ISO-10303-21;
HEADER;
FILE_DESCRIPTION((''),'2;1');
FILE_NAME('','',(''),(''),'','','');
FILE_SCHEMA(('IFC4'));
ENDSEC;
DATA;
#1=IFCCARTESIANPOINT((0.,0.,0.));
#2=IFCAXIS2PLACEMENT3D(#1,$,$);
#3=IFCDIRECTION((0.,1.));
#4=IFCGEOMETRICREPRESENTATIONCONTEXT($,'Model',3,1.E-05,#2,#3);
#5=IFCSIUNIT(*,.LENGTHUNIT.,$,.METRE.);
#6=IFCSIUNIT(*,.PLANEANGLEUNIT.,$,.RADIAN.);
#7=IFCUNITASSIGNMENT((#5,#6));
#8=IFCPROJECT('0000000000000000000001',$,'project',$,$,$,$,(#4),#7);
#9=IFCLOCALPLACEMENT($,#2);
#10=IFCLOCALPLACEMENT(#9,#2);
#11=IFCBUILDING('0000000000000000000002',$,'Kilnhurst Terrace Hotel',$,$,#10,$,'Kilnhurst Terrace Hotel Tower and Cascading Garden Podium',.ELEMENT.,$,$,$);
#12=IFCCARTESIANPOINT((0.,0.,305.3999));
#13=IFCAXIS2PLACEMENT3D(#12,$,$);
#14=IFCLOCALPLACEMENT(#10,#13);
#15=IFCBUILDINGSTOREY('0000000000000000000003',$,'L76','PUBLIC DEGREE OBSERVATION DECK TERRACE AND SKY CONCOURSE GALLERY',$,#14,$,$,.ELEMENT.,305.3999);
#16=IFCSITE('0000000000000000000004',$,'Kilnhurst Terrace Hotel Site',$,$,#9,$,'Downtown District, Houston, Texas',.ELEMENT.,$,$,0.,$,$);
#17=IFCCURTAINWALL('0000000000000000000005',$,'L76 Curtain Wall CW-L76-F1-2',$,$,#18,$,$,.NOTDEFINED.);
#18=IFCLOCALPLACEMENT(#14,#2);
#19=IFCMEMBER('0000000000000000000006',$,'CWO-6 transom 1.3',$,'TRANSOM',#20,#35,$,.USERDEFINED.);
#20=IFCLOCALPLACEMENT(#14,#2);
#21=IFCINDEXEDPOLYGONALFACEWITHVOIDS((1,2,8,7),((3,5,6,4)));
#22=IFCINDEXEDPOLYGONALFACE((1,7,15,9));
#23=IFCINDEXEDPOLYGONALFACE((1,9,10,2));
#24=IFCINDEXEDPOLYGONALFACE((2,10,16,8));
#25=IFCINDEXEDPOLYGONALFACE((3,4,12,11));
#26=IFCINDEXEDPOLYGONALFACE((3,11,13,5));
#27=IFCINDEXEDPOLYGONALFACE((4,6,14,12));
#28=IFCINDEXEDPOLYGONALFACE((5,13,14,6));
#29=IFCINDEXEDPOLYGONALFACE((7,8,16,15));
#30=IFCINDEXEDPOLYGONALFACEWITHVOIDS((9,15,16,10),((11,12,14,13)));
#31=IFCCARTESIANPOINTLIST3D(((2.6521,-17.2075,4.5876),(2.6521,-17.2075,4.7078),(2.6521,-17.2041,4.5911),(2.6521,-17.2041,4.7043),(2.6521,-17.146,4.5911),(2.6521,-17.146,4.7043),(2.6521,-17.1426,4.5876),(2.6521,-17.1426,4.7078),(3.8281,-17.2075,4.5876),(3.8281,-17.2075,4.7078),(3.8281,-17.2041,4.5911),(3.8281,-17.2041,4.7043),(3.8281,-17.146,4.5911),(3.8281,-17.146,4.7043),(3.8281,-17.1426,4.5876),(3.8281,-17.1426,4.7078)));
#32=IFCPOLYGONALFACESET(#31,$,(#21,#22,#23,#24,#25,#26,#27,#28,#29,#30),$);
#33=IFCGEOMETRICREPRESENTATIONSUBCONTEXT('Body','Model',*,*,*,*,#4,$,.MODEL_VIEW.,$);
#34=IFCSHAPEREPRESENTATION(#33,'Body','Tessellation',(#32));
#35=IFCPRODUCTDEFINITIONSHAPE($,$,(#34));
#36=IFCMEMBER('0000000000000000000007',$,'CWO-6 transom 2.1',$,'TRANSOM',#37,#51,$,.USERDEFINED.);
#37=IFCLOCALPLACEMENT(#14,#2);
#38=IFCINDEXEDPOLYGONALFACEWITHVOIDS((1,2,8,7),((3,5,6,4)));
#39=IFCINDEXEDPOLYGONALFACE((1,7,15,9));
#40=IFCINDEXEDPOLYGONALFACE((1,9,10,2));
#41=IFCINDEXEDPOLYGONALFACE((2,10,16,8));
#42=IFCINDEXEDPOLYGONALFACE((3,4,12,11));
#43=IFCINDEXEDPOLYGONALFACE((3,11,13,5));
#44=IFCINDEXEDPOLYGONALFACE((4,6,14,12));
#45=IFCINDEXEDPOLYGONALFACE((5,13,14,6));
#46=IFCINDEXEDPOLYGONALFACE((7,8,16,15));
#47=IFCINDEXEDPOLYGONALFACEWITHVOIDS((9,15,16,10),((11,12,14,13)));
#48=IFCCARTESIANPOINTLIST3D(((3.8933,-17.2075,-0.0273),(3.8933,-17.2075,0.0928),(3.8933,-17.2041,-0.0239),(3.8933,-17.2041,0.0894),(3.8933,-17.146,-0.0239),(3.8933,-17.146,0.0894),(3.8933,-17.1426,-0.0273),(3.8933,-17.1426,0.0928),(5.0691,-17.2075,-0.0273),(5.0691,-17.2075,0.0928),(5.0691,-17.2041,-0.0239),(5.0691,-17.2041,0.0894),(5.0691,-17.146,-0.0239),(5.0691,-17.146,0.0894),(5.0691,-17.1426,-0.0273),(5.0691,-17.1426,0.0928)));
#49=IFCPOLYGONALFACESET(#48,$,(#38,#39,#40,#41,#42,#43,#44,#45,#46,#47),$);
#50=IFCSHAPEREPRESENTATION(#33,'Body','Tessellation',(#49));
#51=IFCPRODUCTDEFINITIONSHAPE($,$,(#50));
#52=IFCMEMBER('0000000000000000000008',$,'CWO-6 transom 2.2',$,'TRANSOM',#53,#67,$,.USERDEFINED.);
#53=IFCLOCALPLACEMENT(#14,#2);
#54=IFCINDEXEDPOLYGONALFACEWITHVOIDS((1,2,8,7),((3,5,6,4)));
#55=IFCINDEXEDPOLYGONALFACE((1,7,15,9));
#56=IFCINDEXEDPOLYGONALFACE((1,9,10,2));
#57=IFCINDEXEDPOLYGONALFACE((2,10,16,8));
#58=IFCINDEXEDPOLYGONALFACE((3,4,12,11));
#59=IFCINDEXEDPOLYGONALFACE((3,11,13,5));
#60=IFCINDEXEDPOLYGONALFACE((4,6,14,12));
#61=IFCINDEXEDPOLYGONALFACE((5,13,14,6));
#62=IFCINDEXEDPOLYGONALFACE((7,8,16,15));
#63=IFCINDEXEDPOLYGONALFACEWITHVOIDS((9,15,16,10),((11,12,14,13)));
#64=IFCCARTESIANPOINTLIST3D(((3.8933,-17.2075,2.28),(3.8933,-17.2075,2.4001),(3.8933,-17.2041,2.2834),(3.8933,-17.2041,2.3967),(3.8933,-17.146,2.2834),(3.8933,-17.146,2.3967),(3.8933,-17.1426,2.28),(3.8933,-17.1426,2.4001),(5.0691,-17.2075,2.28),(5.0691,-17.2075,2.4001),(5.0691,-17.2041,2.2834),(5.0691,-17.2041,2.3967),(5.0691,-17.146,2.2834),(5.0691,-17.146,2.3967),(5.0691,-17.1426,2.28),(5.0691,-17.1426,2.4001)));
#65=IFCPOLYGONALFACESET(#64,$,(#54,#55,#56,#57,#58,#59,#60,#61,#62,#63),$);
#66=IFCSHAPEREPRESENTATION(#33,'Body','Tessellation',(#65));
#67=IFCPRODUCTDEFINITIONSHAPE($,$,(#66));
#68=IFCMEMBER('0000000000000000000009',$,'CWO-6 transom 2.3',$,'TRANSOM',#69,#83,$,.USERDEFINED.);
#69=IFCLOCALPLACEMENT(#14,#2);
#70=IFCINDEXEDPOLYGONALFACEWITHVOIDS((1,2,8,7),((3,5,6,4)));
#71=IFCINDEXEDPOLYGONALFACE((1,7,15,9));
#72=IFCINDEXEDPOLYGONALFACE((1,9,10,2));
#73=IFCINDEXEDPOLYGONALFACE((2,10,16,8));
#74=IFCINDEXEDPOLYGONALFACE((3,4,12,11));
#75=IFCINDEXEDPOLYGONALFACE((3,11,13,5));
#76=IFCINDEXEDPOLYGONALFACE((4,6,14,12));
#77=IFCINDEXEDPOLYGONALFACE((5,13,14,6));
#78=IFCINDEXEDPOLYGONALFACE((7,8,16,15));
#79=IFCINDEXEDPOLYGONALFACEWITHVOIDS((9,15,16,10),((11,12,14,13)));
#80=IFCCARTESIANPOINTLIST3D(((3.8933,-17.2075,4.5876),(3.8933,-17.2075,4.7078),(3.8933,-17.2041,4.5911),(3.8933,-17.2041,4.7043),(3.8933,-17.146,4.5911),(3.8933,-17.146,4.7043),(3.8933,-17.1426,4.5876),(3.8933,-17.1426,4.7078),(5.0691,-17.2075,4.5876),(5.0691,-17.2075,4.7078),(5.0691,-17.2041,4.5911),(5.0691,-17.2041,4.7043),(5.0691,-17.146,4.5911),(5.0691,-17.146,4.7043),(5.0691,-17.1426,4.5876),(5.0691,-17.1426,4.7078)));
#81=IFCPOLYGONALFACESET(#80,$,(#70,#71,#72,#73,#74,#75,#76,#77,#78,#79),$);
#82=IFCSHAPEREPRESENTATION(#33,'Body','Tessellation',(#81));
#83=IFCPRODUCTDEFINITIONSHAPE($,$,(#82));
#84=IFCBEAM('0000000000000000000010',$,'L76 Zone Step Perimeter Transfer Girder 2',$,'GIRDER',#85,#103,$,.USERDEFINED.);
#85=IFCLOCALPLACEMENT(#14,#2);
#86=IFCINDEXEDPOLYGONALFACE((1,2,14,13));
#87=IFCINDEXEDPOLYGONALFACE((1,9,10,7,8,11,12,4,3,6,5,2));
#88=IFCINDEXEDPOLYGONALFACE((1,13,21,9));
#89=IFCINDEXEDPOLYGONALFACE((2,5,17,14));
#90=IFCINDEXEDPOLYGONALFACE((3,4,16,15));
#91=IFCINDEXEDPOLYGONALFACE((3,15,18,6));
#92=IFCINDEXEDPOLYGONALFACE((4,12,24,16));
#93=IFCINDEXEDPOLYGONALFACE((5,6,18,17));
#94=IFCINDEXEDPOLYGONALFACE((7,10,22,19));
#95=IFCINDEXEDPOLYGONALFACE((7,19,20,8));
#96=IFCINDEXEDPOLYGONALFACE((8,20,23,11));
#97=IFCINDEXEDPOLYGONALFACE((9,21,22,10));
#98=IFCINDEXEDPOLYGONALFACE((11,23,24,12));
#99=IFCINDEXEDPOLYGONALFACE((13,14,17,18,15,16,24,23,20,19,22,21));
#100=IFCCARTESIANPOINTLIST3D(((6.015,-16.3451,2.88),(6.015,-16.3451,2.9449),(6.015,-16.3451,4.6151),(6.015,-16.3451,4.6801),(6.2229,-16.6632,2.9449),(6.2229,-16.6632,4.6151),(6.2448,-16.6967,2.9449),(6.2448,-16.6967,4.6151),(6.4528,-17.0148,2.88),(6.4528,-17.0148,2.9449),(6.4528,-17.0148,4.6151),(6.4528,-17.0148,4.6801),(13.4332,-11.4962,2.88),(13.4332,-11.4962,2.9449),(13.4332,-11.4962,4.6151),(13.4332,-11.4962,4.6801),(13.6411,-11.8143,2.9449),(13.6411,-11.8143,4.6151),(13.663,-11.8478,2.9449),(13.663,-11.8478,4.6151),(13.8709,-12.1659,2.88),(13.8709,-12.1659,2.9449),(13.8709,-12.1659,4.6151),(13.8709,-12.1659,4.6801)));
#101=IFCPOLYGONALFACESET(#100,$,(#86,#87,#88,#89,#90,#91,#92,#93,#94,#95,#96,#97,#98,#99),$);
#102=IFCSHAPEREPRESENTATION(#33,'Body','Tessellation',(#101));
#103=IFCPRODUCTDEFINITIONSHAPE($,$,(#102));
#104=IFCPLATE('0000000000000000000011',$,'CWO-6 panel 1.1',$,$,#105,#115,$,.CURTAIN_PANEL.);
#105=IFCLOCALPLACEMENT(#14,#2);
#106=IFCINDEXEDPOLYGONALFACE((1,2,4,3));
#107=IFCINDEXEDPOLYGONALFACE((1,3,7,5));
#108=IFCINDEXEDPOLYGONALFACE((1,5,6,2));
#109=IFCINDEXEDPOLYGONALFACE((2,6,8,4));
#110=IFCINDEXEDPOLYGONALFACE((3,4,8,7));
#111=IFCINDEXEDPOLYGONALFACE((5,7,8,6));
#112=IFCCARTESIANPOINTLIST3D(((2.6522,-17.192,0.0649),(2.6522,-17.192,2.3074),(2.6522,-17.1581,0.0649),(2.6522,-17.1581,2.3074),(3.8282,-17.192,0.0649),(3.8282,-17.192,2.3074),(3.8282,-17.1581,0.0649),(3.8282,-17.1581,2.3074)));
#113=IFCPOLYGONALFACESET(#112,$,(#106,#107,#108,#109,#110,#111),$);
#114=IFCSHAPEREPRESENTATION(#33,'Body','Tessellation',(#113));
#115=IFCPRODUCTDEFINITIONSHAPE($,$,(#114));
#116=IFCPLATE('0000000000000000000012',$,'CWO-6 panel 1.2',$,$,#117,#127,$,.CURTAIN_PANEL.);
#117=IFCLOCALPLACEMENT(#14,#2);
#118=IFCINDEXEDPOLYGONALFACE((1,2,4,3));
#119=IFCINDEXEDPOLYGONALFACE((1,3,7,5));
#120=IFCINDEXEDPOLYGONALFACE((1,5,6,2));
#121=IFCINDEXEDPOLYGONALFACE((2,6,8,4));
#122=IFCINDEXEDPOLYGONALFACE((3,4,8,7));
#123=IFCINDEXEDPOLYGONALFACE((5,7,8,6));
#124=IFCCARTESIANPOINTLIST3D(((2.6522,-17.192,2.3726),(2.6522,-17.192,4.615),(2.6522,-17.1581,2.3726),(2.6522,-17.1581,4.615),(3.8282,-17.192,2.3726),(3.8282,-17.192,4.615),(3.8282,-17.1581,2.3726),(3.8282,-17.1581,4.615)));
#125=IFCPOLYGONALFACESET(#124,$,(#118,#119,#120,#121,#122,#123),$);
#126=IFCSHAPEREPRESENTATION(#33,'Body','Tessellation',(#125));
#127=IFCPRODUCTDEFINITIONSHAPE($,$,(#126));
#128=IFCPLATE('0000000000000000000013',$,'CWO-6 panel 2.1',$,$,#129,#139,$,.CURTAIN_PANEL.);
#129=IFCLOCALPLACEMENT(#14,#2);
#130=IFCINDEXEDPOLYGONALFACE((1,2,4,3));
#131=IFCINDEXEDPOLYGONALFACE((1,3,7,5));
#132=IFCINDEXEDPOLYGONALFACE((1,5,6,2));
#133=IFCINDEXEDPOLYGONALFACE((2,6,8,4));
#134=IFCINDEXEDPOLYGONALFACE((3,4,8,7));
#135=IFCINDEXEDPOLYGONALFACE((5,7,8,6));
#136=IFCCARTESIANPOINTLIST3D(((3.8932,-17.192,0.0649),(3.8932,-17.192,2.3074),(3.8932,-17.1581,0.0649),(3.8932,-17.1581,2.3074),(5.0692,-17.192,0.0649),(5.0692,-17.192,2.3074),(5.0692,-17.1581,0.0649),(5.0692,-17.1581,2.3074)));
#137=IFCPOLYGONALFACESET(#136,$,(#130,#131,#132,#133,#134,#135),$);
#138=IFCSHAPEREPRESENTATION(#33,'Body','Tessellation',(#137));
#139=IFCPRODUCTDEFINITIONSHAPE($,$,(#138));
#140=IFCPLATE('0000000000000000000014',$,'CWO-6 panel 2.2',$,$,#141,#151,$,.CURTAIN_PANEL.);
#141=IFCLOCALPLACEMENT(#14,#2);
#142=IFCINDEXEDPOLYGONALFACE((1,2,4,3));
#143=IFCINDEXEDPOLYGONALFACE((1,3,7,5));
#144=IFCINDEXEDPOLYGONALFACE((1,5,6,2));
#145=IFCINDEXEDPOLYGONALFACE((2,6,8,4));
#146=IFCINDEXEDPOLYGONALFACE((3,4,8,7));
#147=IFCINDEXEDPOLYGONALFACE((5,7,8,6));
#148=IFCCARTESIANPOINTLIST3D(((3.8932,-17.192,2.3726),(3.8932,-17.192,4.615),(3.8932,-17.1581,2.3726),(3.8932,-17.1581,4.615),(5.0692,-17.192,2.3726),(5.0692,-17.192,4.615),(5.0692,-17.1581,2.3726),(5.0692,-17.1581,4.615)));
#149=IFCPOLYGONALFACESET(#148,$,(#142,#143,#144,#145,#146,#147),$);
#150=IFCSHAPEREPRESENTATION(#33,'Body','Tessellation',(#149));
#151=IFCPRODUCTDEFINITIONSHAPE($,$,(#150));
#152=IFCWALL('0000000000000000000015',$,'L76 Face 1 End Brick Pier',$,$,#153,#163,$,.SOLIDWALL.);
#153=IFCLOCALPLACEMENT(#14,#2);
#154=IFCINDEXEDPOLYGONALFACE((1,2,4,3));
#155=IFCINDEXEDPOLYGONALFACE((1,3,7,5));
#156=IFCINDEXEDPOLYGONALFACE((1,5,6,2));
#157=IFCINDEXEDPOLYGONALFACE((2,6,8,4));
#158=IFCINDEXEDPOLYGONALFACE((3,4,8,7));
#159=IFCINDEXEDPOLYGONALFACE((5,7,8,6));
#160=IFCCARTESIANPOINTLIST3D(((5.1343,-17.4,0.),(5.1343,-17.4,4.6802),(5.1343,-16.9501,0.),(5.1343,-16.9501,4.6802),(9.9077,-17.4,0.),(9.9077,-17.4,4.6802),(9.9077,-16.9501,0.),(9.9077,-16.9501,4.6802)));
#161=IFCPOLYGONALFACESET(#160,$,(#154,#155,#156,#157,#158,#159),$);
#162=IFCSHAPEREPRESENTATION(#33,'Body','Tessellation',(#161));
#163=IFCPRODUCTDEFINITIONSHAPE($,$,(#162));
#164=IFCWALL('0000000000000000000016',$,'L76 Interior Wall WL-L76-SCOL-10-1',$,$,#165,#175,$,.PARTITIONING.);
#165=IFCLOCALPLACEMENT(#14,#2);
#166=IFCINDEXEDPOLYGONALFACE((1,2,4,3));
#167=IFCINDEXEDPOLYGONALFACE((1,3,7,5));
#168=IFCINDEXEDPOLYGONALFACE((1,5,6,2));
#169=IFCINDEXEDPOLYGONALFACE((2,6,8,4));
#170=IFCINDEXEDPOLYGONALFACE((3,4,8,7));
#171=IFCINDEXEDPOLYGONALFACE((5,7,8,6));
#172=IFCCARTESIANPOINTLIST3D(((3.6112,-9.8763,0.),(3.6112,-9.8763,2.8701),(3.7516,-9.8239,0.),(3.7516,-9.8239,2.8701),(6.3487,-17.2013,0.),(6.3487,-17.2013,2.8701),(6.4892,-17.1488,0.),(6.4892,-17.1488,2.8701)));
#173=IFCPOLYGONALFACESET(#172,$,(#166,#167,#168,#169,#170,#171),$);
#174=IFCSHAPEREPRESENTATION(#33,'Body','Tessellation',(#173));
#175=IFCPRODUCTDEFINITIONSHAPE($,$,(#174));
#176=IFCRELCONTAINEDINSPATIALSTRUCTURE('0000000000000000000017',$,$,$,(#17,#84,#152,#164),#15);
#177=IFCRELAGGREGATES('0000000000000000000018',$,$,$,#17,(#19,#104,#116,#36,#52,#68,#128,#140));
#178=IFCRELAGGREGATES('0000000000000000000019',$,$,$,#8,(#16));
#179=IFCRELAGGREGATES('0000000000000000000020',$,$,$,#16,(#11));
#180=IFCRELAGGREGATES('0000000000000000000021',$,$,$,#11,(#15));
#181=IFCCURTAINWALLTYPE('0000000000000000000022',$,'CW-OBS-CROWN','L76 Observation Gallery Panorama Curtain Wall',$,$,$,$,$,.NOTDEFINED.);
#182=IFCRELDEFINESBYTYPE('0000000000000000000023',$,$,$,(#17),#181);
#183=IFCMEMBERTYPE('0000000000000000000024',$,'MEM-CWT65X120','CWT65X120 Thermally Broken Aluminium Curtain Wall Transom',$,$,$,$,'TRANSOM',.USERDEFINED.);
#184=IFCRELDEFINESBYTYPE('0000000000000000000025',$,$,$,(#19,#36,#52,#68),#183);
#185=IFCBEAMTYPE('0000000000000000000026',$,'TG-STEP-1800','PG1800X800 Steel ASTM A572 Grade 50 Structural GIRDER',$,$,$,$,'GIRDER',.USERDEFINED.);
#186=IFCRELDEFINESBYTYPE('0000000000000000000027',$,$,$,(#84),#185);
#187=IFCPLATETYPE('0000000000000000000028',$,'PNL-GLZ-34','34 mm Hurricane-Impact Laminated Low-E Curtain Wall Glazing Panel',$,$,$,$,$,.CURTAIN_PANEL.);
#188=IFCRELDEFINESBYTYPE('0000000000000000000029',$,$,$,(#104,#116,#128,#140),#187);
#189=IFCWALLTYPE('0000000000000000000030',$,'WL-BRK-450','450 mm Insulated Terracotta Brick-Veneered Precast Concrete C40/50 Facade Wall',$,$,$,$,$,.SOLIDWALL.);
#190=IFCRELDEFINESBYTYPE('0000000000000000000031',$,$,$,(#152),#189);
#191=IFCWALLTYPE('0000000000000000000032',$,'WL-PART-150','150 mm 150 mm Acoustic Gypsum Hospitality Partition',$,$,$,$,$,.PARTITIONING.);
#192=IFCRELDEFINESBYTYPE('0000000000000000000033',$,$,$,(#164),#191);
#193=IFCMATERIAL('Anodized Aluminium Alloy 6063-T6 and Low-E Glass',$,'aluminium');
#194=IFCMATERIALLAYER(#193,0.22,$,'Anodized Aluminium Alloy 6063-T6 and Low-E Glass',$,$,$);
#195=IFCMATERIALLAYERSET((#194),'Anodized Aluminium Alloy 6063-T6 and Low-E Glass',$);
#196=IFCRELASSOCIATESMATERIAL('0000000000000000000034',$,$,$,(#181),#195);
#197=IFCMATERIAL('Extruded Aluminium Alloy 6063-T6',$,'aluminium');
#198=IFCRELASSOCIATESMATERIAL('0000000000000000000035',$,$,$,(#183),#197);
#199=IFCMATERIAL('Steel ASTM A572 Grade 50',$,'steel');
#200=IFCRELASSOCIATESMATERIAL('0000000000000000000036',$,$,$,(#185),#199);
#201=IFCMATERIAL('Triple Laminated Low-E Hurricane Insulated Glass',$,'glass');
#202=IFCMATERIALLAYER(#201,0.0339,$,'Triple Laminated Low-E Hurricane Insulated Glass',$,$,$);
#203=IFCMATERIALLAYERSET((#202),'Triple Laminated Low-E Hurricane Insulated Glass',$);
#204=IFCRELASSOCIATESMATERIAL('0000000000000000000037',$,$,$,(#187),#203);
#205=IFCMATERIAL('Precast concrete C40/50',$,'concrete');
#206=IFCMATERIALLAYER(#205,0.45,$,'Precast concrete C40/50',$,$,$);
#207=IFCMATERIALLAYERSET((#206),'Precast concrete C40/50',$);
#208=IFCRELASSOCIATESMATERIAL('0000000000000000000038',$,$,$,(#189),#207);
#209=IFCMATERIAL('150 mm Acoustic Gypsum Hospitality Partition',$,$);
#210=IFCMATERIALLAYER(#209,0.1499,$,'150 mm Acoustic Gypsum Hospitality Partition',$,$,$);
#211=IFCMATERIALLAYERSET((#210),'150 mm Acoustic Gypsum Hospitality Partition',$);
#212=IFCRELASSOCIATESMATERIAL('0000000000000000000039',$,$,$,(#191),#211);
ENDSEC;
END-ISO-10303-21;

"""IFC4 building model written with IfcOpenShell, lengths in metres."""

from ifc_helpers import new_model, si_unit, direction, frame, frame_2d, origin, origin_2d, place, context, subcontext, project, spatial, rectangle, hollow_rectangle, i_section, extrude, material, layer, layer_set, material_profile, profile_set, type_object, element, aggregate, save


model = new_model("IFC4")

# Units and contexts
model_context = context("Model", 3, precision=1e-05, world=origin(), true_north=direction((0.0, 1.0)))
body_context = subcontext(model_context, "Body", "Model", "MODEL_VIEW")
ifc_project = project(units=[si_unit("LENGTHUNIT", "METRE"), si_unit("PLANEANGLEUNIT", "RADIAN")], contexts=[model_context])

# Site, building, storey
site_placement = place(None, origin())
site = spatial("IfcSite", under=ifc_project, at=site_placement, Name="Kilnhurst Terrace Hotel Site", LongName="Downtown District, Houston, Texas", CompositionType="ELEMENT", RefElevation=0.0)
building_placement = place(site_placement, origin())
building = spatial("IfcBuilding", under=site, at=building_placement, Name="Kilnhurst Terrace Hotel", LongName="Kilnhurst Terrace Hotel Tower and Cascading Garden Podium", CompositionType="ELEMENT")
storey_placement = place(building_placement, frame((0.0, 0.0, 305.3999)))
storey = spatial("IfcBuildingStorey", under=building, at=storey_placement, Name="L76", Description="PUBLIC DEGREE OBSERVATION DECK TERRACE AND SKY CONCOURSE GALLERY", CompositionType="ELEMENT", Elevation=305.3999)

# Curtain wall, members
ifc_material_1 = material(Name="Anodized Aluminium Alloy 6063-T6 and Low-E Glass", Category="aluminium")
ifc_layer_1 = layer(ifc_material_1, 0.22, Name="Anodized Aluminium Alloy 6063-T6 and Low-E Glass")
ifc_layer_set_1 = layer_set([ifc_layer_1], Name="Anodized Aluminium Alloy 6063-T6 and Low-E Glass")
curtain_wall_type = type_object("IfcCurtainWallType", Name="CW-OBS-CROWN", Description="L76 Observation Gallery Panorama Curtain Wall", PredefinedType="NOTDEFINED", material=ifc_layer_set_1)
curtain_wall_placement = place(storey_placement, origin())
curtain_wall = element("IfcCurtainWall", 1, at=curtain_wall_placement, inside=storey, type_object=curtain_wall_type, Name="L76 Curtain Wall CW-L76-F1-2", PredefinedType="NOTDEFINED")
ifc_material_2 = material(Name="Extruded Aluminium Alloy 6063-T6", Category="aluminium")
ifc_material_profile_1 = material_profile(ifc_material_2, hollow_rectangle(XDim=0.0649, YDim=0.1201, WallThickness=0.0034, at=origin_2d()), Name="CWT65X120")
ifc_profile_set_1 = profile_set([ifc_material_profile_1], Name="Extruded Aluminium Alloy 6063-T6")
member_type_1 = type_object("IfcMemberType", Name="MEM-CWT65X120", Description="CWT65X120 Thermally Broken Aluminium Curtain Wall Transom", ElementType="TRANSOM", PredefinedType="USERDEFINED", material=ifc_profile_set_1)
member_1_placement = place(storey_placement, frame((2.6521, -17.175, 4.6477), z_axis=(1.0, 0.0, 0.0), x_axis=(0.0, 1.0, 0.0)))
member_1 = element("IfcMember", 2, at=member_1_placement, type_object=member_type_1, Name="CWO-6 transom 1.3", ObjectType="TRANSOM", PredefinedType="USERDEFINED", context=body_context, shape_type="SweptSolid", body=[
    extrude(hollow_rectangle(XDim=0.0649, YDim=0.1201, WallThickness=0.0034, at=origin_2d()), origin(), (0.0, 0.0, 1.0), 1.176),
])
member_2_placement = place(storey_placement, frame((3.8933, -17.175, 0.0327), z_axis=(1.0, 0.0, 0.0), x_axis=(0.0, 1.0, 0.0)))
member_2 = element("IfcMember", 3, at=member_2_placement, type_object=member_type_1, Name="CWO-6 transom 2.1", ObjectType="TRANSOM", PredefinedType="USERDEFINED", context=body_context, shape_type="SweptSolid", body=[
    extrude(hollow_rectangle(XDim=0.0649, YDim=0.1201, WallThickness=0.0034, at=origin_2d()), origin(), (0.0, 0.0, 1.0), 1.1758),
])
member_3_placement = place(storey_placement, frame((3.8933, -17.175, 2.3401), z_axis=(1.0, 0.0, 0.0), x_axis=(0.0, 1.0, 0.0)))
member_3 = element("IfcMember", 4, at=member_3_placement, type_object=member_type_1, Name="CWO-6 transom 2.2", ObjectType="TRANSOM", PredefinedType="USERDEFINED", context=body_context, shape_type="SweptSolid", body=[
    extrude(hollow_rectangle(XDim=0.0649, YDim=0.1201, WallThickness=0.0034, at=origin_2d()), origin(), (0.0, 0.0, 1.0), 1.1758),
])
member_4_placement = place(storey_placement, frame((3.8933, -17.175, 4.6477), z_axis=(1.0, 0.0, 0.0), x_axis=(0.0, 1.0, 0.0)))
member_4 = element("IfcMember", 5, at=member_4_placement, type_object=member_type_1, Name="CWO-6 transom 2.3", ObjectType="TRANSOM", PredefinedType="USERDEFINED", context=body_context, shape_type="SweptSolid", body=[
    extrude(hollow_rectangle(XDim=0.0649, YDim=0.1201, WallThickness=0.0034, at=origin_2d()), origin(), (0.0, 0.0, 1.0), 1.1758),
])

# Beam
ifc_material_3 = material(Name="Steel ASTM A572 Grade 50", Category="steel")
ifc_material_profile_2 = material_profile(ifc_material_3, i_section(OverallWidth=0.8, OverallDepth=1.8, WebThickness=0.04, FlangeThickness=0.0649, at=origin_2d()), Name="PG1800X800")
ifc_profile_set_2 = profile_set([ifc_material_profile_2], Name="Steel ASTM A572 Grade 50")
beam_type_1 = type_object("IfcBeamType", Name="TG-STEP-1800", Description="PG1800X800 Steel ASTM A572 Grade 50 Structural GIRDER", ElementType="GIRDER", PredefinedType="USERDEFINED", material=ifc_profile_set_2)
beam_1_placement = place(storey_placement, frame((6.2339, -16.6799, 3.78), z_axis=(0.837047, 0.547131, 0.0), x_axis=(-0.547131, 0.837047, 0.0)))
element("IfcBeam", 6, at=beam_1_placement, inside=storey, type_object=beam_type_1, Name="L76 Zone Step Perimeter Transfer Girder 2", ObjectType="GIRDER", PredefinedType="USERDEFINED", context=body_context, shape_type="SweptSolid", body=[
    extrude(i_section(OverallWidth=0.8, OverallDepth=1.8, WebThickness=0.04, FlangeThickness=0.0649, at=origin_2d()), origin(), (0.0, 0.0, 1.0), 8.8623),
])

# Plates
ifc_material_4 = material(Name="Triple Laminated Low-E Hurricane Insulated Glass", Category="glass")
ifc_layer_2 = layer(ifc_material_4, 0.0339, Name="Triple Laminated Low-E Hurricane Insulated Glass")
ifc_layer_set_2 = layer_set([ifc_layer_2], Name="Triple Laminated Low-E Hurricane Insulated Glass")
plate_type = type_object("IfcPlateType", Name="PNL-GLZ-34", Description="34 mm Hurricane-Impact Laminated Low-E Curtain Wall Glazing Panel", PredefinedType="CURTAIN_PANEL", material=ifc_layer_set_2)
plate_1_placement = place(storey_placement, frame((3.2402, -17.175, 0.0649), z_axis=(0.0, 0.0, 1.0), x_axis=(1.0, 0.0, 0.0)))
plate_1 = element("IfcPlate", 7, at=plate_1_placement, type_object=plate_type, Name="CWO-6 panel 1.1", PredefinedType="CURTAIN_PANEL", context=body_context, shape_type="SweptSolid", body=[
    extrude(rectangle(XDim=1.176, YDim=0.0339, at=origin_2d()), origin(), (0.0, 0.0, 1.0), 2.2424),
])
plate_2_placement = place(storey_placement, frame((3.2402, -17.175, 2.3726), z_axis=(0.0, 0.0, 1.0), x_axis=(1.0, 0.0, 0.0)))
plate_2 = element("IfcPlate", 8, at=plate_2_placement, type_object=plate_type, Name="CWO-6 panel 1.2", PredefinedType="CURTAIN_PANEL", context=body_context, shape_type="SweptSolid", body=[
    extrude(rectangle(XDim=1.176, YDim=0.0339, at=origin_2d()), origin(), (0.0, 0.0, 1.0), 2.2424),
])
plate_3_placement = place(storey_placement, frame((4.4812, -17.175, 0.0649), z_axis=(0.0, 0.0, 1.0), x_axis=(1.0, 0.0, 0.0)))
plate_3 = element("IfcPlate", 9, at=plate_3_placement, type_object=plate_type, Name="CWO-6 panel 2.1", PredefinedType="CURTAIN_PANEL", context=body_context, shape_type="SweptSolid", body=[
    extrude(rectangle(XDim=1.176, YDim=0.0339, at=origin_2d()), origin(), (0.0, 0.0, 1.0), 2.2424),
])
plate_4_placement = place(storey_placement, frame((4.4812, -17.175, 2.3726), z_axis=(0.0, 0.0, 1.0), x_axis=(1.0, 0.0, 0.0)))
plate_4 = element("IfcPlate", 10, at=plate_4_placement, type_object=plate_type, Name="CWO-6 panel 2.2", PredefinedType="CURTAIN_PANEL", context=body_context, shape_type="SweptSolid", body=[
    extrude(rectangle(XDim=1.176, YDim=0.0339, at=origin_2d()), origin(), (0.0, 0.0, 1.0), 2.2424),
])
aggregate(curtain_wall, [member_1, plate_1, plate_2, member_2, member_3, member_4, plate_3, plate_4])

# Walls
ifc_material_5 = material(Name="Precast concrete C40/50", Category="concrete")
ifc_layer_3 = layer(ifc_material_5, 0.45, Name="Precast concrete C40/50")
ifc_layer_set_3 = layer_set([ifc_layer_3], Name="Precast concrete C40/50")
wall_type_1 = type_object("IfcWallType", Name="WL-BRK-450", Description="450 mm Insulated Terracotta Brick-Veneered Precast Concrete C40/50 Facade Wall", PredefinedType="SOLIDWALL", material=ifc_layer_set_3)
wall_1_placement = place(storey_placement, frame((5.1343, -17.175, 0.0), z_axis=(0.0, 0.0, 1.0), x_axis=(1.0, 0.0, 0.0)))
element("IfcWall", 11, at=wall_1_placement, inside=storey, type_object=wall_type_1, Name="L76 Face 1 End Brick Pier", PredefinedType="SOLIDWALL", context=body_context, shape_type="SweptSolid", body=[
    extrude(rectangle(XDim=4.7734, YDim=0.45, at=frame_2d((2.3867, 0.0))), origin(), (0.0, 0.0, 1.0), 4.6802),
])
ifc_material_6 = material(Name="150 mm Acoustic Gypsum Hospitality Partition")
ifc_layer_4 = layer(ifc_material_6, 0.1499, Name="150 mm Acoustic Gypsum Hospitality Partition")
ifc_layer_set_4 = layer_set([ifc_layer_4], Name="150 mm Acoustic Gypsum Hospitality Partition")
wall_type_2 = type_object("IfcWallType", Name="WL-PART-150", Description="150 mm 150 mm Acoustic Gypsum Hospitality Partition", PredefinedType="PARTITIONING", material=ifc_layer_set_4)
wall_2_placement = place(storey_placement, frame((3.6814, -9.8501, 0.0), z_axis=(0.0, 0.0, 1.0), x_axis=(0.35008, -0.93672, 0.0)))
element("IfcWall", 12, at=wall_2_placement, inside=storey, type_object=wall_type_2, Name="L76 Interior Wall WL-L76-SCOL-10-1", PredefinedType="PARTITIONING", context=body_context, shape_type="SweptSolid", body=[
    extrude(rectangle(XDim=7.8198, YDim=0.1499, at=frame_2d((3.9099, 0.0))), origin(), (0.0, 0.0, 1.0), 2.8701),
])

save(model, "model.ifc")
